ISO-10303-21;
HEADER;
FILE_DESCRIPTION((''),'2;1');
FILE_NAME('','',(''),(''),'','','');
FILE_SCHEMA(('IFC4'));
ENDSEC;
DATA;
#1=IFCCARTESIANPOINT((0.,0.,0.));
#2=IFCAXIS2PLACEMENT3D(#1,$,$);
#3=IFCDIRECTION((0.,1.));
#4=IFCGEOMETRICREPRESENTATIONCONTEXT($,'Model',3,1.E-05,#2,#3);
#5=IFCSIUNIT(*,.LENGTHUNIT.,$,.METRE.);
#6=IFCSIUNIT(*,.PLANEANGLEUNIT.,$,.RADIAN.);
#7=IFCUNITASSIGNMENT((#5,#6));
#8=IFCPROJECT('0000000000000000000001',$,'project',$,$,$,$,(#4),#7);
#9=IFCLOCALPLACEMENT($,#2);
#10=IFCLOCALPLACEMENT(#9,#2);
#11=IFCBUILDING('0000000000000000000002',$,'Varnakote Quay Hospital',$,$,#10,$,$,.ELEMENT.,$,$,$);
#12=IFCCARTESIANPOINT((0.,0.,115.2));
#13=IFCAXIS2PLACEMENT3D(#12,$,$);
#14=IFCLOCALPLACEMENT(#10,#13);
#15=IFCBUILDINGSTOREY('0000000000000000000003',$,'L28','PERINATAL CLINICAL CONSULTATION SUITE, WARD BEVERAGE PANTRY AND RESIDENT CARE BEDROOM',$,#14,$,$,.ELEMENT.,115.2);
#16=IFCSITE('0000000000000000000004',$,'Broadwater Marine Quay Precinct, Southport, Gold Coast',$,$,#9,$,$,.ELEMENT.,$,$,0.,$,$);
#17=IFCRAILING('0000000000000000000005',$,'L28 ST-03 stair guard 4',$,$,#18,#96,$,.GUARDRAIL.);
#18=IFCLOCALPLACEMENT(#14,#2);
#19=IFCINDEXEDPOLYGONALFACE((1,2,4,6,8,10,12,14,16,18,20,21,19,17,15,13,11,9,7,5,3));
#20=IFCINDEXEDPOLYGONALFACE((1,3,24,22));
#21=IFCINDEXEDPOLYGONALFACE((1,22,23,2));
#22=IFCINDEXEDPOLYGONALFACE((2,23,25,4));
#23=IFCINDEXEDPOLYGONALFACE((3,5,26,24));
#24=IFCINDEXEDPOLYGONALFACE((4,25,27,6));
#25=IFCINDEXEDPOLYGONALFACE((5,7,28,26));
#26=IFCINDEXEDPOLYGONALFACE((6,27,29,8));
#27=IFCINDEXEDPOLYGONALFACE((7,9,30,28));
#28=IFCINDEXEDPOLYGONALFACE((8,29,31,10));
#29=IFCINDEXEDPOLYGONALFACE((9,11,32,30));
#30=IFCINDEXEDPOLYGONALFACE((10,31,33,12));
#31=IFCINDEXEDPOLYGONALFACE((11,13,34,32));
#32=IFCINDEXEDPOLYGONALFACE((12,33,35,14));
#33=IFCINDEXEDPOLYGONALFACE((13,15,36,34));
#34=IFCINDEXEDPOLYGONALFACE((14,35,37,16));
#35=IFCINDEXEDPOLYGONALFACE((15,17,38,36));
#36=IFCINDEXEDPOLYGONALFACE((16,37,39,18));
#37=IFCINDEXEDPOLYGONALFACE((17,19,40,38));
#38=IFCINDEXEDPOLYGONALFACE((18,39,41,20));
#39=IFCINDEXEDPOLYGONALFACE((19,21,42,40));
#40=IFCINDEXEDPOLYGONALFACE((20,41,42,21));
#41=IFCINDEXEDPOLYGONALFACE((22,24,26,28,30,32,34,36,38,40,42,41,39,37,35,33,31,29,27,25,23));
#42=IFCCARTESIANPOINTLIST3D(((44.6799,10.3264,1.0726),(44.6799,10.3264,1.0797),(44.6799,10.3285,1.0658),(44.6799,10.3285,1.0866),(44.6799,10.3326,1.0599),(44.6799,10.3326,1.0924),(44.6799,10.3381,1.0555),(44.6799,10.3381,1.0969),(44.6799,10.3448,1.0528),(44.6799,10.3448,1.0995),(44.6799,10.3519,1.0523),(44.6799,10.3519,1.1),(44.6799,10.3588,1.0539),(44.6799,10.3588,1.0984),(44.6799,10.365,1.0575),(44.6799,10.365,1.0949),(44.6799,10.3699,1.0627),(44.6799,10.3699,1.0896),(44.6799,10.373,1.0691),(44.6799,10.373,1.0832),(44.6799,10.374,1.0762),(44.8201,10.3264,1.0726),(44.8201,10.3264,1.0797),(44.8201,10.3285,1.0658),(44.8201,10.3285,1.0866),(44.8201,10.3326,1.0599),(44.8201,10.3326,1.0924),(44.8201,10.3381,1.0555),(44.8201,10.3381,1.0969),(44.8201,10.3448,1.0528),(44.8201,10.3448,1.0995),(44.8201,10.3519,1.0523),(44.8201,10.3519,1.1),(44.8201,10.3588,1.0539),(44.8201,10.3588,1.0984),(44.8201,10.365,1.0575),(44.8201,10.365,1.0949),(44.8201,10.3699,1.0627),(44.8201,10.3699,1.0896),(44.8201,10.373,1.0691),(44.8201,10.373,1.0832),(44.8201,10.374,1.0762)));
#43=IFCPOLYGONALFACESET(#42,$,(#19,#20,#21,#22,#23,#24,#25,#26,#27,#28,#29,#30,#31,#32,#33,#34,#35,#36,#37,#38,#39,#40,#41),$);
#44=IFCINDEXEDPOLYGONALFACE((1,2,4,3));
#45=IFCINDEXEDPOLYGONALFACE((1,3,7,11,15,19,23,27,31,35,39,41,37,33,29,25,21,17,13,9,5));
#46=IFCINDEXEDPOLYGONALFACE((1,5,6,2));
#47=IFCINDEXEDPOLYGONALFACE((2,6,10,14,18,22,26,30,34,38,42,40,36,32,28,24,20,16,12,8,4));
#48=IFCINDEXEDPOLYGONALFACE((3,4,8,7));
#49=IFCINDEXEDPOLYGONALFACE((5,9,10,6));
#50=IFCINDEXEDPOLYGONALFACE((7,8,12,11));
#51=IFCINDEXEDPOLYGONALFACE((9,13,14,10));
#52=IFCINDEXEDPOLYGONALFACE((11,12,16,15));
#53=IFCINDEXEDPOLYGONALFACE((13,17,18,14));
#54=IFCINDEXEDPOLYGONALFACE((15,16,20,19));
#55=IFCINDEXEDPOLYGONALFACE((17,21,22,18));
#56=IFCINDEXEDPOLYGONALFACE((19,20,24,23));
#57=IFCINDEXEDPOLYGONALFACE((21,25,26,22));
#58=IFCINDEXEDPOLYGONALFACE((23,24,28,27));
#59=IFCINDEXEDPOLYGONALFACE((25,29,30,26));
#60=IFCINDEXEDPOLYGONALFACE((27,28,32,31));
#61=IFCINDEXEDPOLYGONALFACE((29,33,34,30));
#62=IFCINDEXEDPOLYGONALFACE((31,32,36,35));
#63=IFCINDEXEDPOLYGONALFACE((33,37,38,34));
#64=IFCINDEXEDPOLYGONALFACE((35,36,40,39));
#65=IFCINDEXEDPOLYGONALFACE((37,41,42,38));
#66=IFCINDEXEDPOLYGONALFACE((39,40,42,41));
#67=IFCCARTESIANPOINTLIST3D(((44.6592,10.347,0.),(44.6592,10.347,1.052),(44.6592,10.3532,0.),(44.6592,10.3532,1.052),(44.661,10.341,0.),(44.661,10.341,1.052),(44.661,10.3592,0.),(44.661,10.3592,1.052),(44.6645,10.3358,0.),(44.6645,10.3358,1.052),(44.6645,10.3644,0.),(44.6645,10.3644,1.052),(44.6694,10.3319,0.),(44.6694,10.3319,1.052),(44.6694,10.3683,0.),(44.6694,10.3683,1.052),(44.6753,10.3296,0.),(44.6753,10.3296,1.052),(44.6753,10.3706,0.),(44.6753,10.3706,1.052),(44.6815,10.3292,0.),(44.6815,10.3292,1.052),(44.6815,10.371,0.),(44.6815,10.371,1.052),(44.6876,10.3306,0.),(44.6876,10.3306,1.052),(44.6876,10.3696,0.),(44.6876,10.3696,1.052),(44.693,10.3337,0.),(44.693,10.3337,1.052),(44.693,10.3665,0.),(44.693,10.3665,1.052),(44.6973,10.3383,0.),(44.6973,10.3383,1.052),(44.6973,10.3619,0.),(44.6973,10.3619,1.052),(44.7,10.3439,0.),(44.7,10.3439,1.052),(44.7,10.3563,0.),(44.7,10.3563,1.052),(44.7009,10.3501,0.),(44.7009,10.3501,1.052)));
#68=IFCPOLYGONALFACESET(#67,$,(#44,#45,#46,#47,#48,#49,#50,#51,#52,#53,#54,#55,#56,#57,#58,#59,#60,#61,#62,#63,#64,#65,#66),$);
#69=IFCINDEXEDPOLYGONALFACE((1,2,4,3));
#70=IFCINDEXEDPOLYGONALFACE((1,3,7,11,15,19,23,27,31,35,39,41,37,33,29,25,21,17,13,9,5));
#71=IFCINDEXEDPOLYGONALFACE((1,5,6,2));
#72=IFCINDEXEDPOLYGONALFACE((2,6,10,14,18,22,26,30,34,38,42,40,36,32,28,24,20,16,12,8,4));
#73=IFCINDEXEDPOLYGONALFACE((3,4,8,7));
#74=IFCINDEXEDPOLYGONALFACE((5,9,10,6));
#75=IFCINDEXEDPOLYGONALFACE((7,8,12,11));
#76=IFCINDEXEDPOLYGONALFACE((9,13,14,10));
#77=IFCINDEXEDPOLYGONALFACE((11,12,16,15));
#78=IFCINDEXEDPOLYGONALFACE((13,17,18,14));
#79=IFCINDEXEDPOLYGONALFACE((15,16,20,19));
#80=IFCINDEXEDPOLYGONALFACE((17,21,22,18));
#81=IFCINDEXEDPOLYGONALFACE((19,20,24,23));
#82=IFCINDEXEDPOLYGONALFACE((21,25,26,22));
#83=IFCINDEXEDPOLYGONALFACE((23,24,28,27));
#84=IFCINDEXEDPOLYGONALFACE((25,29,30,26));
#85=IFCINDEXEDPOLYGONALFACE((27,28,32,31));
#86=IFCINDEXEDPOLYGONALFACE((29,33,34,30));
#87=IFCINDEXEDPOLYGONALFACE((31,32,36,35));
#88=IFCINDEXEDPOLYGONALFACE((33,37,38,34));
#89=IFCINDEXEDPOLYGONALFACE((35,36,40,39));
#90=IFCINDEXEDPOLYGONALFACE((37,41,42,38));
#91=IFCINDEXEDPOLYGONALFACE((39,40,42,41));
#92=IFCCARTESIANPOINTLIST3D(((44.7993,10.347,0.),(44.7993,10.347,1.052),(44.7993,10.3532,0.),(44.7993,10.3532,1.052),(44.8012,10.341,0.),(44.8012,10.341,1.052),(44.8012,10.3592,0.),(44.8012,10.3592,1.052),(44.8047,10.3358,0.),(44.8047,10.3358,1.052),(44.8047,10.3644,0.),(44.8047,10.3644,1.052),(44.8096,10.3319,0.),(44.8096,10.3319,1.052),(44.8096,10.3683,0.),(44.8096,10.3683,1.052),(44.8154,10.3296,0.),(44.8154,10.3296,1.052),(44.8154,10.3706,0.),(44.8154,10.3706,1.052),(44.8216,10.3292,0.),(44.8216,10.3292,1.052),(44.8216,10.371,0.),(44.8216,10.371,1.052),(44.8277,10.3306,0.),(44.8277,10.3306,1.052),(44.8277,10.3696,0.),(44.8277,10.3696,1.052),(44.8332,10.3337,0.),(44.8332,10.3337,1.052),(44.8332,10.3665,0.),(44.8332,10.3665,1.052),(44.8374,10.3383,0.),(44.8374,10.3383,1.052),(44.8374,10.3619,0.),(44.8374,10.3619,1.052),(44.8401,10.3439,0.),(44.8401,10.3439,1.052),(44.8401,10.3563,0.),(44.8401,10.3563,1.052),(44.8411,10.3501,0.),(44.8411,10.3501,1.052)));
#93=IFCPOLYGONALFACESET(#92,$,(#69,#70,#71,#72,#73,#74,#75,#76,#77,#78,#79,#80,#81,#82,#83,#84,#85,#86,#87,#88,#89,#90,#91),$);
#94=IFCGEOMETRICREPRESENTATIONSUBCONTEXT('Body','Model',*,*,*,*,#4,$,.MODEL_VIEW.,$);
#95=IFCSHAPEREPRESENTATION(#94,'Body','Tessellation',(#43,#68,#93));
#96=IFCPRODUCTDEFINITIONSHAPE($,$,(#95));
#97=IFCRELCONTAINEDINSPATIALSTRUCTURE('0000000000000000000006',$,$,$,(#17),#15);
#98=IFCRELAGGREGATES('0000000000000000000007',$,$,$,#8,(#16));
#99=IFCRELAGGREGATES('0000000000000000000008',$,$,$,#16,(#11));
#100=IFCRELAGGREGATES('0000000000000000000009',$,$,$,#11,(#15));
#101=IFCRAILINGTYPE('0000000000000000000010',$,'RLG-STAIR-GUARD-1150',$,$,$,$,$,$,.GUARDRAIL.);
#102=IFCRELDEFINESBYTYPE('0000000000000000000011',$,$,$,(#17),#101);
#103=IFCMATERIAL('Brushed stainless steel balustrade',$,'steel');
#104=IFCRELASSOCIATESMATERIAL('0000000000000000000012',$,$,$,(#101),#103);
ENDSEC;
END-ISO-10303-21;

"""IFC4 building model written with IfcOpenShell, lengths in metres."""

from ifc_helpers import new_model, si_unit, direction, frame, origin, origin_2d, place, context, subcontext, project, spatial, circle, extrude, material, type_object, element, save


model = new_model("IFC4")

# Units and contexts
model_context = context("Model", 3, precision=1e-05, world=origin(), true_north=direction((0.0, 1.0)))
body_context = subcontext(model_context, "Body", "Model", "MODEL_VIEW")
ifc_project = project(units=[si_unit("LENGTHUNIT", "METRE"), si_unit("PLANEANGLEUNIT", "RADIAN")], contexts=[model_context])

# Site, building, storey
site_placement = place(None, origin())
site = spatial("IfcSite", under=ifc_project, at=site_placement, Name="Broadwater Marine Quay Precinct, Southport, Gold Coast", CompositionType="ELEMENT", RefElevation=0.0)
building_placement = place(site_placement, origin())
building = spatial("IfcBuilding", under=site, at=building_placement, Name="Varnakote Quay Hospital", CompositionType="ELEMENT")
storey_placement = place(building_placement, frame((0.0, 0.0, 115.2)))
storey = spatial("IfcBuildingStorey", under=building, at=storey_placement, Name="L28", Description="PERINATAL CLINICAL CONSULTATION SUITE, WARD BEVERAGE PANTRY AND RESIDENT CARE BEDROOM", CompositionType="ELEMENT", Elevation=115.2)

# Railing
ifc_material_1 = material(Name="Brushed stainless steel balustrade", Category="steel")
railing_type_1 = type_object("IfcRailingType", Name="RLG-STAIR-GUARD-1150", PredefinedType="GUARDRAIL", material=ifc_material_1)
railing_1_placement = place(storey_placement, frame((44.6799, 10.3501, 0.0)))
element("IfcRailing", 1, at=railing_1_placement, inside=storey, type_object=railing_type_1, Name="L28 ST-03 stair guard 4", PredefinedType="GUARDRAIL", context=body_context, shape_type="SweptSolid", body=[
    extrude(circle(Radius=0.0239, at=origin_2d()), frame((0.0, 0.0, 1.0762), z_axis=(1.0, 0.0, 0.0), x_axis=(0.0, 1.0, 0.0)), (0.0, 0.0, 1.0), 0.1401),
    extrude(circle(Radius=0.021, at=origin_2d()), origin(), (0.0, 0.0, 1.0), 1.052),
    extrude(circle(Radius=0.021, at=origin_2d()), frame((0.1401, 0.0, 0.0)), (0.0, 0.0, 1.0), 1.052),
])

save(model, "model.ifc")
